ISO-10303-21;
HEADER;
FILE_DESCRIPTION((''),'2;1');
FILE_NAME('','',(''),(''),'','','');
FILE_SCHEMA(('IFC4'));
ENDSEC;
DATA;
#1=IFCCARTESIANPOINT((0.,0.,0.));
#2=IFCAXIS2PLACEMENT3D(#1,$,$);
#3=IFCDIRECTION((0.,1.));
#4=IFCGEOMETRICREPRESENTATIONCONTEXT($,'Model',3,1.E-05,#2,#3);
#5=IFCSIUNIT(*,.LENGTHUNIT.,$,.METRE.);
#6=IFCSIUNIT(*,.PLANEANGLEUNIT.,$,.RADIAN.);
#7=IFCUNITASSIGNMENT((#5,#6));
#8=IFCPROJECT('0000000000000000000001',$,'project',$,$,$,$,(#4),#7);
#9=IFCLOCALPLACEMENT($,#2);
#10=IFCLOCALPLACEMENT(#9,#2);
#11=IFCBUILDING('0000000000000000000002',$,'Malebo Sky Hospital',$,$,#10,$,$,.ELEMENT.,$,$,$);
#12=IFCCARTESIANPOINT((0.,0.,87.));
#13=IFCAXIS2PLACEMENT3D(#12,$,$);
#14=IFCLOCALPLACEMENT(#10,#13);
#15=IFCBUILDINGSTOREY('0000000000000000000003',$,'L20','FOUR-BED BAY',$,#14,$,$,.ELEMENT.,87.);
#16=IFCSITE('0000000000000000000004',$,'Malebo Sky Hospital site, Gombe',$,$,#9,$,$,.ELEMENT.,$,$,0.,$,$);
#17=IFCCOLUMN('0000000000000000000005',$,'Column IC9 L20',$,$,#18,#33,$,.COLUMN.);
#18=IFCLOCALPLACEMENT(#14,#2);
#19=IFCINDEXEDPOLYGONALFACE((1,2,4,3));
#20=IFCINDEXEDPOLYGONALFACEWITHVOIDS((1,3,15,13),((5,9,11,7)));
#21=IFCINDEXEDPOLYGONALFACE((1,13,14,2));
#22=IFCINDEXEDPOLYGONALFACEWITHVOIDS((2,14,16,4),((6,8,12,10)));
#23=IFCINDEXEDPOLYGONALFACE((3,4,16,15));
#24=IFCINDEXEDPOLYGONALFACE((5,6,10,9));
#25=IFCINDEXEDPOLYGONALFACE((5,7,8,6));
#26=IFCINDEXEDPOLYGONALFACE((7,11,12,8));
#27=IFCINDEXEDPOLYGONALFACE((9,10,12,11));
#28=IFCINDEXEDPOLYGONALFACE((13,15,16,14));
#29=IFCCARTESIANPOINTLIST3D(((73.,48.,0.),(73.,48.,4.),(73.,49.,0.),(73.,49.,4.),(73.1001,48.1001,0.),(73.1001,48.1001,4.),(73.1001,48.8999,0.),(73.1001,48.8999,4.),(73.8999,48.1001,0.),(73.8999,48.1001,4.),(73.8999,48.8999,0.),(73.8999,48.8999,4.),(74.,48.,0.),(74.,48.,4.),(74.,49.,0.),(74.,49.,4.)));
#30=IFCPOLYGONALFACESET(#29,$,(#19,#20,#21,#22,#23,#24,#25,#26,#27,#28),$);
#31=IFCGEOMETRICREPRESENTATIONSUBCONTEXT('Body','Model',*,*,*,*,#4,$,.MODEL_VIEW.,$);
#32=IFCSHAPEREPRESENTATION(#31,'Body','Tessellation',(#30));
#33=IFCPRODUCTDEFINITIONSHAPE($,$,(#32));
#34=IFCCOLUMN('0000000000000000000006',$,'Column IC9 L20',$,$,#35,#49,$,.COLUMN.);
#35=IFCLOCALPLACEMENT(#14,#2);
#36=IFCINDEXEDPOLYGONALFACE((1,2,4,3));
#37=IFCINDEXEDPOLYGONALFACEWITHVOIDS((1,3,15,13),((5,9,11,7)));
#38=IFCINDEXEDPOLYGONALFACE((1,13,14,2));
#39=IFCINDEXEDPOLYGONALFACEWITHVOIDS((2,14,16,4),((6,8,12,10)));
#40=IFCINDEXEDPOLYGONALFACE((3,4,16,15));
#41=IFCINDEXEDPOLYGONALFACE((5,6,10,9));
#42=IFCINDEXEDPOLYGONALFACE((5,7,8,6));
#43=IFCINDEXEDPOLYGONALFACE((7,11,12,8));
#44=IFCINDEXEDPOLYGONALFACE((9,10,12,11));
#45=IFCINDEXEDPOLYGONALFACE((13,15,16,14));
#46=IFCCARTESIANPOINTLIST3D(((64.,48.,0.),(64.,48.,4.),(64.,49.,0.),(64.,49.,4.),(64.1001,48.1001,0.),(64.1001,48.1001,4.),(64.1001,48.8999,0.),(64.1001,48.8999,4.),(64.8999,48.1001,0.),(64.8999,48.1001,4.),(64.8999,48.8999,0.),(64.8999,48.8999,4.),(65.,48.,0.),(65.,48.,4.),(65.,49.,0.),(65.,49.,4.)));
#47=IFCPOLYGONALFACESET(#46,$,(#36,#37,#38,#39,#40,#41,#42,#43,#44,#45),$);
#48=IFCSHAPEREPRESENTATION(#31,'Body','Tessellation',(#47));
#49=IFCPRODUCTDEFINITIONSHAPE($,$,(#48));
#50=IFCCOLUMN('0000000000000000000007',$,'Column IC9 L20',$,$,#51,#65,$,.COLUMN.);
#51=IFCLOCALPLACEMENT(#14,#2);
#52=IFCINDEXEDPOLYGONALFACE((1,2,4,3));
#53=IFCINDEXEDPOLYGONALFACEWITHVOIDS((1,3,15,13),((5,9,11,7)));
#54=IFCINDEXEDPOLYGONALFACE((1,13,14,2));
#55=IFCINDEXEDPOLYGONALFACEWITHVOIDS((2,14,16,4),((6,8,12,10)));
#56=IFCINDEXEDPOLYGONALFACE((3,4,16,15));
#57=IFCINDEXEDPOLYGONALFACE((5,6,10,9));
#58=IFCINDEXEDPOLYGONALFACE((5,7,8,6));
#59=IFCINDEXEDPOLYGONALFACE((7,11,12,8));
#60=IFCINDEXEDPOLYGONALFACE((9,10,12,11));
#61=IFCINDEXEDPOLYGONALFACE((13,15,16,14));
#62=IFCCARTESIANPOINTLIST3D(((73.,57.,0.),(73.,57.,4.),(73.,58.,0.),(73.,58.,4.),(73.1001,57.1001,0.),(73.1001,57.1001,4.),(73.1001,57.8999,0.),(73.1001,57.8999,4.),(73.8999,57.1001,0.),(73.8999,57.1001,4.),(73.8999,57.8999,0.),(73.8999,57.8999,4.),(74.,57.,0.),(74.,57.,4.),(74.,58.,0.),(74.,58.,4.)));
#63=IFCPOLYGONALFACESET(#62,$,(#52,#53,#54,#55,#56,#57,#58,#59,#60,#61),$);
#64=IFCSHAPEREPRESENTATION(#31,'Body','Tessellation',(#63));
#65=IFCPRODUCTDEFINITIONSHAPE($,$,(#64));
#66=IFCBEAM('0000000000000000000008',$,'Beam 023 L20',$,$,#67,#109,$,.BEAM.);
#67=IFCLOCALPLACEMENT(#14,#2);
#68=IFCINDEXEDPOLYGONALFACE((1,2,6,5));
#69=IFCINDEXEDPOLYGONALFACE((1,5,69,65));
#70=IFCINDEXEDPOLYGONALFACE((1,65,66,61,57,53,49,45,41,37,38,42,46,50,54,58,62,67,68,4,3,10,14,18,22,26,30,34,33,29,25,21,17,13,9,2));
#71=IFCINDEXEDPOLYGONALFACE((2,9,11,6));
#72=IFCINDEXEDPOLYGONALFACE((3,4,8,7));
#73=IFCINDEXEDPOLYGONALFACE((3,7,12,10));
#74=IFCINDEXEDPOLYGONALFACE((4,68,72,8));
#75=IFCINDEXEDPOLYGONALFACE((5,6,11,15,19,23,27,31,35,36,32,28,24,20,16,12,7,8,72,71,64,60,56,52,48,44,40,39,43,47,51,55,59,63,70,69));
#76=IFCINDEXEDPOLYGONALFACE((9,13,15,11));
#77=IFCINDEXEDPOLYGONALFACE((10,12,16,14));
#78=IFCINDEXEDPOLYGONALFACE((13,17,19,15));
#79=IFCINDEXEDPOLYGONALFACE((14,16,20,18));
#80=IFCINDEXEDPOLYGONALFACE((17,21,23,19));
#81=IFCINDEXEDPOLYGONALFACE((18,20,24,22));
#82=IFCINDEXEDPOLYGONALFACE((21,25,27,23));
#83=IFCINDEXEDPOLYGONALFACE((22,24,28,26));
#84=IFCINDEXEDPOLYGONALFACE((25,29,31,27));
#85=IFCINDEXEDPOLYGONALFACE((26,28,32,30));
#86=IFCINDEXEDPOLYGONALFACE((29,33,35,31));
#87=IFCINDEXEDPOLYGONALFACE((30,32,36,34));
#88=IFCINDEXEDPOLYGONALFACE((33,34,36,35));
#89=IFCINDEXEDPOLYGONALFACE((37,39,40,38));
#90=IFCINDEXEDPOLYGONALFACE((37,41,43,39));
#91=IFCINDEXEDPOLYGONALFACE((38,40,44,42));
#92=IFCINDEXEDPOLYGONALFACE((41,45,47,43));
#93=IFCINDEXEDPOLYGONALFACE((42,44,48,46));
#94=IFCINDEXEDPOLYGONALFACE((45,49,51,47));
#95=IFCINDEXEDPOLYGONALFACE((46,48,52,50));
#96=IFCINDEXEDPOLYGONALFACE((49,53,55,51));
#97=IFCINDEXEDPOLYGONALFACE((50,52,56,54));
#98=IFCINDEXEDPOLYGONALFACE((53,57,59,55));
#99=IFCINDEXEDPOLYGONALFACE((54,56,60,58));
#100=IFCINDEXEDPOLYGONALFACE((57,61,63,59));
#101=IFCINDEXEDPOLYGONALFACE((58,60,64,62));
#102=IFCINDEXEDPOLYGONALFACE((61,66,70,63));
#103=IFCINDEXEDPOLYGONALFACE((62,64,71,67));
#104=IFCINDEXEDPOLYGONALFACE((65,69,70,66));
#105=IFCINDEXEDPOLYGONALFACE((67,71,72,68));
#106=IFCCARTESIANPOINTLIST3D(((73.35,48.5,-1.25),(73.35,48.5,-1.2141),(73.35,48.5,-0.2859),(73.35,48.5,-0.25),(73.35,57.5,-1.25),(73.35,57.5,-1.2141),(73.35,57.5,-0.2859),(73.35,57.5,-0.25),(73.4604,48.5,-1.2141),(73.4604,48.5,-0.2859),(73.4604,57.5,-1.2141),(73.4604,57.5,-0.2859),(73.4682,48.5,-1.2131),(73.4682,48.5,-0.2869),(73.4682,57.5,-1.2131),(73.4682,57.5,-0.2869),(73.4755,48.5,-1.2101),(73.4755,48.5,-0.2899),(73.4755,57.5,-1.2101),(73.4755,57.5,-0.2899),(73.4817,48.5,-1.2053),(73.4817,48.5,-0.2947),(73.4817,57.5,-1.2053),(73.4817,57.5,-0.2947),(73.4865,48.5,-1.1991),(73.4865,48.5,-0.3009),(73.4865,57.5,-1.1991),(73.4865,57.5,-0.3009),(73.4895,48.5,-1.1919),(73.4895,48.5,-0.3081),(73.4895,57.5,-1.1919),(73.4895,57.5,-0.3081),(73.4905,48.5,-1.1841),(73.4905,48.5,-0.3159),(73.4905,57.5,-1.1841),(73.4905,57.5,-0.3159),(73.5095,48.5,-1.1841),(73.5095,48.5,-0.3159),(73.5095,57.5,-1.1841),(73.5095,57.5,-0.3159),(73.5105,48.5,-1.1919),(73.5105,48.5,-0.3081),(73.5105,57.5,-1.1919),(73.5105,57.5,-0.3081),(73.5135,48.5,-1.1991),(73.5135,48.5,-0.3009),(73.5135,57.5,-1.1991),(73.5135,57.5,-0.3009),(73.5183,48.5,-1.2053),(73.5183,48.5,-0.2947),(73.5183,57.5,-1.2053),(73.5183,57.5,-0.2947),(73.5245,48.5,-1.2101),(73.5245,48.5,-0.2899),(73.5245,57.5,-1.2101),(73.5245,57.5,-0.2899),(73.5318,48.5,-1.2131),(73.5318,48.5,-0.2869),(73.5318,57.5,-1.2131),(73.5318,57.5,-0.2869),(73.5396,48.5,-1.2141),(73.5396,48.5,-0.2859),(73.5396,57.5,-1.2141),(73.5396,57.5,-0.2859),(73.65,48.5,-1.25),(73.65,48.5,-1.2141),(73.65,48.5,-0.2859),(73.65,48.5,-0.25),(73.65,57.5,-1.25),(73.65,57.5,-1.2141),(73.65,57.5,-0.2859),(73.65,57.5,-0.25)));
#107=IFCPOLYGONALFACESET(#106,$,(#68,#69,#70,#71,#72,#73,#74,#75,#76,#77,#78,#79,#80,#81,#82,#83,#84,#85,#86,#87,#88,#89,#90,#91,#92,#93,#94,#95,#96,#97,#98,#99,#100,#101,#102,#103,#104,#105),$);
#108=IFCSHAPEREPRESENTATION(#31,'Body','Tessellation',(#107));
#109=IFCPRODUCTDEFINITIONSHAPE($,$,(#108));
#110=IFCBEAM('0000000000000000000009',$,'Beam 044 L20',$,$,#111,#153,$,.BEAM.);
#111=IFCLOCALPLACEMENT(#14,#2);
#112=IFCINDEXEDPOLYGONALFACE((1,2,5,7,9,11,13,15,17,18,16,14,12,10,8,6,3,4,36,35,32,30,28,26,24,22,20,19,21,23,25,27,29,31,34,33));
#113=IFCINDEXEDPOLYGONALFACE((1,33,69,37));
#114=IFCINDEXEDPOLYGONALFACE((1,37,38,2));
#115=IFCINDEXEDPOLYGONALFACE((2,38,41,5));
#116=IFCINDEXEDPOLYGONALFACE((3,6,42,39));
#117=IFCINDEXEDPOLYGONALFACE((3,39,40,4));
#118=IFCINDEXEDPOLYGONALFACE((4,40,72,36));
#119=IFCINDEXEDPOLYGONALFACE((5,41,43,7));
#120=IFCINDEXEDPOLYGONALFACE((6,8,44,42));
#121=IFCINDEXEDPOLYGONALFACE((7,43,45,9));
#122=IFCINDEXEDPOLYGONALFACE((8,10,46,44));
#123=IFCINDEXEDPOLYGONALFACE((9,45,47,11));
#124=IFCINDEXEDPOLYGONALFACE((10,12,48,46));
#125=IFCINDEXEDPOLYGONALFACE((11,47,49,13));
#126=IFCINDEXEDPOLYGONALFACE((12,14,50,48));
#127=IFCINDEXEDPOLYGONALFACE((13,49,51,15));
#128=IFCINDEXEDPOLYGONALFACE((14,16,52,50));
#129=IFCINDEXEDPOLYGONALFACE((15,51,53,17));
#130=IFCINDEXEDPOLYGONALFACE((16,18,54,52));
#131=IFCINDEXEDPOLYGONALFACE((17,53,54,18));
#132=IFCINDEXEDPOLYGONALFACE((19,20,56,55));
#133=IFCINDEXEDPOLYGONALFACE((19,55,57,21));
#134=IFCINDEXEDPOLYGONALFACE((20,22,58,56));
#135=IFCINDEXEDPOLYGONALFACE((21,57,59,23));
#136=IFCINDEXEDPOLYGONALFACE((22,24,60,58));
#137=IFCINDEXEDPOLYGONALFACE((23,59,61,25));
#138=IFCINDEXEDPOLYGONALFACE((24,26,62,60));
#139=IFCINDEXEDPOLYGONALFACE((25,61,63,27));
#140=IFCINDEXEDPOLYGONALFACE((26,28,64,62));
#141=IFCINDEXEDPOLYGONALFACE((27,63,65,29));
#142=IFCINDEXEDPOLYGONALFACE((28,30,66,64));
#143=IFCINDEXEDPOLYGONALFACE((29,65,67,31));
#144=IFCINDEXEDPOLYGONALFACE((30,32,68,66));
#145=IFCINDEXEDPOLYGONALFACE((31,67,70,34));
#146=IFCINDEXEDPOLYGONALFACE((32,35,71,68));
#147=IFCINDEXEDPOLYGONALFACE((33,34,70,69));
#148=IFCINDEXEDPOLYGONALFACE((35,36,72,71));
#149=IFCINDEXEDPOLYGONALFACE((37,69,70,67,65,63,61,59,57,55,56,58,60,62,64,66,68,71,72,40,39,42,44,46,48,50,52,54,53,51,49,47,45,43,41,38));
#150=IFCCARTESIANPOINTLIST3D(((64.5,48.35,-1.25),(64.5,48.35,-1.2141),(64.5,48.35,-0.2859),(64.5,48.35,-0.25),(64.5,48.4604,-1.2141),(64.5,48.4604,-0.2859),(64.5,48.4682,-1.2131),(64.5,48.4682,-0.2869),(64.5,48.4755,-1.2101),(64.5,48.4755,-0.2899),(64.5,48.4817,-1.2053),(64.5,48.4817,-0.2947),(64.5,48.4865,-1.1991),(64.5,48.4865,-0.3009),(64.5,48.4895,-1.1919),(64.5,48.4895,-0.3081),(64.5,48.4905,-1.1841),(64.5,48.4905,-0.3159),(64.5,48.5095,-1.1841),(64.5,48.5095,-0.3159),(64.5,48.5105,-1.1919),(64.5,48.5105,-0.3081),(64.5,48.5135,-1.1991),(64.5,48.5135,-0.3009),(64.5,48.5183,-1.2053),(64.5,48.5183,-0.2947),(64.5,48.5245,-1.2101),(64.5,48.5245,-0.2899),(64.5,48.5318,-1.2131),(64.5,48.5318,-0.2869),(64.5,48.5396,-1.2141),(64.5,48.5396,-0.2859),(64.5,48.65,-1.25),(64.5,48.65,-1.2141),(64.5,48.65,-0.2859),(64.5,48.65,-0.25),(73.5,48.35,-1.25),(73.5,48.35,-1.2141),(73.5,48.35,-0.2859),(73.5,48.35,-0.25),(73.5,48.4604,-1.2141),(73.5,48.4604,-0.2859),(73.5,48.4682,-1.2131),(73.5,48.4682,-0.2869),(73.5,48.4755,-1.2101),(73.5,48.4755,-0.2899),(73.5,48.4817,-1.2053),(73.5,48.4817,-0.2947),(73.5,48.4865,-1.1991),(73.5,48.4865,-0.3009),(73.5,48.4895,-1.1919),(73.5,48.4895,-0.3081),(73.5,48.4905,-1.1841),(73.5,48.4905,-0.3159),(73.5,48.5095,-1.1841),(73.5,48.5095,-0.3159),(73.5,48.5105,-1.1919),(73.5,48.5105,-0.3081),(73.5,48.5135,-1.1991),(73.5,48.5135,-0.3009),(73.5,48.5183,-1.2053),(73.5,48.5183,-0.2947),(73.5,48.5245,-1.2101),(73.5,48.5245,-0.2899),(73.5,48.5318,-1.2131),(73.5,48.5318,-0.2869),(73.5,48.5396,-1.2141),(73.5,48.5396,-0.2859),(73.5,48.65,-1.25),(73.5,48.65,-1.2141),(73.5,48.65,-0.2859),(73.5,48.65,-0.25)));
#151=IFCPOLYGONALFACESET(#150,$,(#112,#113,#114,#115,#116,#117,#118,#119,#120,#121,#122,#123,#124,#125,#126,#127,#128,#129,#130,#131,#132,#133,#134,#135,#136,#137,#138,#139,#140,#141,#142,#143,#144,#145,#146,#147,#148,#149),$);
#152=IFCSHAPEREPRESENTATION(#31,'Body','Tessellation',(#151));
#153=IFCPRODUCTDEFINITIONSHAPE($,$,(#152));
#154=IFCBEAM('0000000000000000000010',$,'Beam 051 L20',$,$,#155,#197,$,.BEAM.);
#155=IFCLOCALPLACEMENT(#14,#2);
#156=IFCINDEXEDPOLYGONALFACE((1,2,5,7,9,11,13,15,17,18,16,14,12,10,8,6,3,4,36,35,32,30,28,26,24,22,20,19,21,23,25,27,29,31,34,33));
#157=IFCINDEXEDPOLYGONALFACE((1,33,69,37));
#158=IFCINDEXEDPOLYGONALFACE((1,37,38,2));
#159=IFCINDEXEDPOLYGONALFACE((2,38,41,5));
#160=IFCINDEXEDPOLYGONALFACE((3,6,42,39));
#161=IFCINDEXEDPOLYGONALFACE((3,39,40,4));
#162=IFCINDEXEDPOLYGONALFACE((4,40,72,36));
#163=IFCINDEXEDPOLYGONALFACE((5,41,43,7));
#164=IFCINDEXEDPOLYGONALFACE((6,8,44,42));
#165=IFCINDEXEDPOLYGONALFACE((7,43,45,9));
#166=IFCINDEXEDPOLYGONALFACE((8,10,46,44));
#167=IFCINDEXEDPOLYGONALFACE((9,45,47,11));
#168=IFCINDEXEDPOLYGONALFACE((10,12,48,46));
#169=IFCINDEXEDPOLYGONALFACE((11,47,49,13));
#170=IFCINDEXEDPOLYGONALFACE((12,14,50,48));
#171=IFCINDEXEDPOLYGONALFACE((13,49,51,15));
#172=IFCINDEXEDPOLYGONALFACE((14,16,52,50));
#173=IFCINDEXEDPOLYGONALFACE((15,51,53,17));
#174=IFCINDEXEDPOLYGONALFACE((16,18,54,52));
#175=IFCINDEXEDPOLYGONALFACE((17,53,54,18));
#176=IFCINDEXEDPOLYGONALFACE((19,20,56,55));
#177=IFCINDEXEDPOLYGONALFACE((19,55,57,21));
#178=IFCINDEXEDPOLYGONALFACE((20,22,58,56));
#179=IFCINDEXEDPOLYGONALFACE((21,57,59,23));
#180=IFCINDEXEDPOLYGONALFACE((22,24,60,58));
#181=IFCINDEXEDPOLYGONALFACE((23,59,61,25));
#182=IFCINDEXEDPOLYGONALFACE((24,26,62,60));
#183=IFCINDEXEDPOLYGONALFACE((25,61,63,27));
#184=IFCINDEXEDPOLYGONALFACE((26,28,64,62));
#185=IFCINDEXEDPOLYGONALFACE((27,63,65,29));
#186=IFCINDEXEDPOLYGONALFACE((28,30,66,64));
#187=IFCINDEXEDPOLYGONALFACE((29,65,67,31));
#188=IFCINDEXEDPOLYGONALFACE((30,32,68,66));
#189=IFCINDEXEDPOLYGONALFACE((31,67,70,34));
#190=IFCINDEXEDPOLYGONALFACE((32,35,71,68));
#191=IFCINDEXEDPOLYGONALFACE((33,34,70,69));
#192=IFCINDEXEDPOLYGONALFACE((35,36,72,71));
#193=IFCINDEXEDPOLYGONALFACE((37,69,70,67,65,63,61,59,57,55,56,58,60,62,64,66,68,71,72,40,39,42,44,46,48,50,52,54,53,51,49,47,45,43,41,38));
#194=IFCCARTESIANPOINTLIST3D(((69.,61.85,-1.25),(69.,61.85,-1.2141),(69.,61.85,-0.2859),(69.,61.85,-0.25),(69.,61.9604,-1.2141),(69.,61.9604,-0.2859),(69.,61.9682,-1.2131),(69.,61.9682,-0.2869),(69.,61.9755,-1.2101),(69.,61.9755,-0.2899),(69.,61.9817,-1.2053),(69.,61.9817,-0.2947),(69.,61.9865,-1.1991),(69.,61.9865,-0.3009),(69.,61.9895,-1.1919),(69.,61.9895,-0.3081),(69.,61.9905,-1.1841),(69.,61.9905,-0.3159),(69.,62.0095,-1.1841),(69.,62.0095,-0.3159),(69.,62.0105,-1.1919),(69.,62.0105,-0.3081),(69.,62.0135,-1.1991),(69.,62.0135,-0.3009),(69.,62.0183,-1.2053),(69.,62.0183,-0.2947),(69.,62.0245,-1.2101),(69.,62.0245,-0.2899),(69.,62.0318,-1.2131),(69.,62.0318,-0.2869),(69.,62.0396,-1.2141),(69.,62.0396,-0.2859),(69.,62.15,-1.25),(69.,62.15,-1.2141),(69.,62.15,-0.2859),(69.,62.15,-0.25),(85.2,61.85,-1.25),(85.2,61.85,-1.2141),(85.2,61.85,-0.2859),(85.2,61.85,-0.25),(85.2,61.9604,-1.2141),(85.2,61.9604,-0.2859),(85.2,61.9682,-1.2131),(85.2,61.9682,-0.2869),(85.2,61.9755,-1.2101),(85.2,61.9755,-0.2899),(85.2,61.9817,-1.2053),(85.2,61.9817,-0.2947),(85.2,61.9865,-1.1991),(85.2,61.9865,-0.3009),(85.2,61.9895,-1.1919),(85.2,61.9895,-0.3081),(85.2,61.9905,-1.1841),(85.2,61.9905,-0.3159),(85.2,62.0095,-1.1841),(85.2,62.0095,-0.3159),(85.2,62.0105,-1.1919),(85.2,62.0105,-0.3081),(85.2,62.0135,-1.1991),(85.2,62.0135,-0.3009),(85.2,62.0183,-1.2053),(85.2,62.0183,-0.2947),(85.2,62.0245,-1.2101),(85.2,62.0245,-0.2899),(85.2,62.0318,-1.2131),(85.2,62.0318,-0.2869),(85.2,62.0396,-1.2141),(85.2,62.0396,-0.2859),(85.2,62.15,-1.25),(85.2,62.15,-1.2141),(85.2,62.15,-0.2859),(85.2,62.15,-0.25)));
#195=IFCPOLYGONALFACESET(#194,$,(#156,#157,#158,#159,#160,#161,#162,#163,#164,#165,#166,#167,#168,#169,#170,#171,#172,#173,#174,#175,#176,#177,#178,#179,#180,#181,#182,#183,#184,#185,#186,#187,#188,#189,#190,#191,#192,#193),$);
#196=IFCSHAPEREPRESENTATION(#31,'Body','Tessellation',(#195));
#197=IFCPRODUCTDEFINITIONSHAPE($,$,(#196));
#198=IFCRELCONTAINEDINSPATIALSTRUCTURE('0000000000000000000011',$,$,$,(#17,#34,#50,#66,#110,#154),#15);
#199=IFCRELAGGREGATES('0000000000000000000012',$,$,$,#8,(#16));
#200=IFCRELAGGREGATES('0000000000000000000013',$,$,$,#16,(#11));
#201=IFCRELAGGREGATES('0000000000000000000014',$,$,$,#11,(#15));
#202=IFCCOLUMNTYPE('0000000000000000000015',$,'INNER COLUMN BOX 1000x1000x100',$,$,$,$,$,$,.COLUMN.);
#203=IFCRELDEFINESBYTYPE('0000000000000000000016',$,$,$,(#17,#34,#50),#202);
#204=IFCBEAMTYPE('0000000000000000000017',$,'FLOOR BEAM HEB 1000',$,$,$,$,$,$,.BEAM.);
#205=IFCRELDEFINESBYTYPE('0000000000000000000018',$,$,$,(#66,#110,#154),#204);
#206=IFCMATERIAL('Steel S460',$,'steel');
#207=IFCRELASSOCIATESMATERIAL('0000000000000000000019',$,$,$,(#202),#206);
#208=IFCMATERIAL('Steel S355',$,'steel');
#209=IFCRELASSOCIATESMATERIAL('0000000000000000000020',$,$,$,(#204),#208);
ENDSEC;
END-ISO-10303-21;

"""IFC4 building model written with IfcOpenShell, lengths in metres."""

from ifc_helpers import new_model, si_unit, direction, frame, origin, origin_2d, place, context, subcontext, project, spatial, hollow_rectangle, i_section, extrude, material, material_profile, profile_set, type_object, element, save


model = new_model("IFC4")

# Units and contexts
model_context = context("Model", 3, precision=1e-05, world=origin(), true_north=direction((0.0, 1.0)))
body_context = subcontext(model_context, "Body", "Model", "MODEL_VIEW")
ifc_project = project(units=[si_unit("LENGTHUNIT", "METRE"), si_unit("PLANEANGLEUNIT", "RADIAN")], contexts=[model_context])

# Site, building, storey
site_placement = place(None, origin())
site = spatial("IfcSite", under=ifc_project, at=site_placement, Name="Malebo Sky Hospital site, Gombe", CompositionType="ELEMENT", RefElevation=0.0)
building_placement = place(site_placement, origin())
building = spatial("IfcBuilding", under=site, at=building_placement, Name="Malebo Sky Hospital", CompositionType="ELEMENT")
storey_placement = place(building_placement, frame((0.0, 0.0, 87.0)))
storey = spatial("IfcBuildingStorey", under=building, at=storey_placement, Name="L20", Description="FOUR-BED BAY", CompositionType="ELEMENT", Elevation=87.0)

# Columns
ifc_material_1 = material(Name="Steel S460", Category="steel")
ifc_material_profile_1 = material_profile(ifc_material_1, hollow_rectangle(XDim=1.0, YDim=1.0, WallThickness=0.1001, at=origin_2d()), Name="BOX 1000x1000x100")
ifc_profile_set_1 = profile_set([ifc_material_profile_1], Name="Steel S460")
column_type = type_object("IfcColumnType", Name="INNER COLUMN BOX 1000x1000x100", PredefinedType="COLUMN", material=ifc_profile_set_1)
for number, where, z_axis, x_axis, name in (
    (1, (73.5, 48.5, 0.0), (0.0, 0.0, 1.0), (1.0, 0.0, 0.0), "Column IC9 L20"),
    (2, (64.5, 48.5, 0.0), (0.0, 0.0, 1.0), (1.0, 0.0, 0.0), "Column IC9 L20"),
    (3, (73.5, 57.5, 0.0), (0.0, 0.0, 1.0), (1.0, 0.0, 0.0), "Column IC9 L20"),
):
    element("IfcColumn", number, at=place(storey_placement, frame(where, z_axis=z_axis, x_axis=x_axis)), inside=storey, type_object=column_type, Name=name, PredefinedType="COLUMN", context=body_context, shape_type="SweptSolid", body=[
        extrude(hollow_rectangle(XDim=1.0, YDim=1.0, WallThickness=0.1001, at=origin_2d()), origin(), (0.0, 0.0, 1.0), 4.0),
    ])

# Beams
ifc_material_2 = material(Name="Steel S355", Category="steel")
ifc_material_profile_2 = material_profile(ifc_material_2, i_section(OverallWidth=0.3, OverallDepth=1.0, WebThickness=0.019, FlangeThickness=0.0359, FilletRadius=0.03, at=origin_2d()), Name="HEB 1000")
ifc_profile_set_2 = profile_set([ifc_material_profile_2], Name="Steel S355")
beam_type_1 = type_object("IfcBeamType", Name="FLOOR BEAM HEB 1000", PredefinedType="BEAM", material=ifc_profile_set_2)
for number, where, z_axis, x_axis, name in (
    (4, (73.5, 48.5, -0.75), (0.0, 1.0, 0.0), (-1.0, 0.0, 0.0), "Beam 023 L20"),
    (5, (64.5, 48.5, -0.75), (1.0, 0.0, 0.0), (0.0, 1.0, 0.0), "Beam 044 L20"),
):
    element("IfcBeam", number, at=place(storey_placement, frame(where, z_axis=z_axis, x_axis=x_axis)), inside=storey, type_object=beam_type_1, Name=name, PredefinedType="BEAM", context=body_context, shape_type="SweptSolid", body=[
        extrude(i_section(OverallWidth=0.3, OverallDepth=1.0, WebThickness=0.019, FlangeThickness=0.0359, FilletRadius=0.03, at=origin_2d()), origin(), (0.0, 0.0, 1.0), 9.0),
    ])
beam_1_placement = place(storey_placement, frame((69.0, 62.0, -0.75), z_axis=(1.0, 0.0, 0.0), x_axis=(0.0, 1.0, 0.0)))
element("IfcBeam", 6, at=beam_1_placement, inside=storey, type_object=beam_type_1, Name="Beam 051 L20", PredefinedType="BEAM", context=body_context, shape_type="SweptSolid", body=[
    extrude(i_section(OverallWidth=0.3, OverallDepth=1.0, WebThickness=0.019, FlangeThickness=0.0359, FilletRadius=0.03, at=origin_2d()), origin(), (0.0, 0.0, 1.0), 16.2),
])

save(model, "model.ifc")
